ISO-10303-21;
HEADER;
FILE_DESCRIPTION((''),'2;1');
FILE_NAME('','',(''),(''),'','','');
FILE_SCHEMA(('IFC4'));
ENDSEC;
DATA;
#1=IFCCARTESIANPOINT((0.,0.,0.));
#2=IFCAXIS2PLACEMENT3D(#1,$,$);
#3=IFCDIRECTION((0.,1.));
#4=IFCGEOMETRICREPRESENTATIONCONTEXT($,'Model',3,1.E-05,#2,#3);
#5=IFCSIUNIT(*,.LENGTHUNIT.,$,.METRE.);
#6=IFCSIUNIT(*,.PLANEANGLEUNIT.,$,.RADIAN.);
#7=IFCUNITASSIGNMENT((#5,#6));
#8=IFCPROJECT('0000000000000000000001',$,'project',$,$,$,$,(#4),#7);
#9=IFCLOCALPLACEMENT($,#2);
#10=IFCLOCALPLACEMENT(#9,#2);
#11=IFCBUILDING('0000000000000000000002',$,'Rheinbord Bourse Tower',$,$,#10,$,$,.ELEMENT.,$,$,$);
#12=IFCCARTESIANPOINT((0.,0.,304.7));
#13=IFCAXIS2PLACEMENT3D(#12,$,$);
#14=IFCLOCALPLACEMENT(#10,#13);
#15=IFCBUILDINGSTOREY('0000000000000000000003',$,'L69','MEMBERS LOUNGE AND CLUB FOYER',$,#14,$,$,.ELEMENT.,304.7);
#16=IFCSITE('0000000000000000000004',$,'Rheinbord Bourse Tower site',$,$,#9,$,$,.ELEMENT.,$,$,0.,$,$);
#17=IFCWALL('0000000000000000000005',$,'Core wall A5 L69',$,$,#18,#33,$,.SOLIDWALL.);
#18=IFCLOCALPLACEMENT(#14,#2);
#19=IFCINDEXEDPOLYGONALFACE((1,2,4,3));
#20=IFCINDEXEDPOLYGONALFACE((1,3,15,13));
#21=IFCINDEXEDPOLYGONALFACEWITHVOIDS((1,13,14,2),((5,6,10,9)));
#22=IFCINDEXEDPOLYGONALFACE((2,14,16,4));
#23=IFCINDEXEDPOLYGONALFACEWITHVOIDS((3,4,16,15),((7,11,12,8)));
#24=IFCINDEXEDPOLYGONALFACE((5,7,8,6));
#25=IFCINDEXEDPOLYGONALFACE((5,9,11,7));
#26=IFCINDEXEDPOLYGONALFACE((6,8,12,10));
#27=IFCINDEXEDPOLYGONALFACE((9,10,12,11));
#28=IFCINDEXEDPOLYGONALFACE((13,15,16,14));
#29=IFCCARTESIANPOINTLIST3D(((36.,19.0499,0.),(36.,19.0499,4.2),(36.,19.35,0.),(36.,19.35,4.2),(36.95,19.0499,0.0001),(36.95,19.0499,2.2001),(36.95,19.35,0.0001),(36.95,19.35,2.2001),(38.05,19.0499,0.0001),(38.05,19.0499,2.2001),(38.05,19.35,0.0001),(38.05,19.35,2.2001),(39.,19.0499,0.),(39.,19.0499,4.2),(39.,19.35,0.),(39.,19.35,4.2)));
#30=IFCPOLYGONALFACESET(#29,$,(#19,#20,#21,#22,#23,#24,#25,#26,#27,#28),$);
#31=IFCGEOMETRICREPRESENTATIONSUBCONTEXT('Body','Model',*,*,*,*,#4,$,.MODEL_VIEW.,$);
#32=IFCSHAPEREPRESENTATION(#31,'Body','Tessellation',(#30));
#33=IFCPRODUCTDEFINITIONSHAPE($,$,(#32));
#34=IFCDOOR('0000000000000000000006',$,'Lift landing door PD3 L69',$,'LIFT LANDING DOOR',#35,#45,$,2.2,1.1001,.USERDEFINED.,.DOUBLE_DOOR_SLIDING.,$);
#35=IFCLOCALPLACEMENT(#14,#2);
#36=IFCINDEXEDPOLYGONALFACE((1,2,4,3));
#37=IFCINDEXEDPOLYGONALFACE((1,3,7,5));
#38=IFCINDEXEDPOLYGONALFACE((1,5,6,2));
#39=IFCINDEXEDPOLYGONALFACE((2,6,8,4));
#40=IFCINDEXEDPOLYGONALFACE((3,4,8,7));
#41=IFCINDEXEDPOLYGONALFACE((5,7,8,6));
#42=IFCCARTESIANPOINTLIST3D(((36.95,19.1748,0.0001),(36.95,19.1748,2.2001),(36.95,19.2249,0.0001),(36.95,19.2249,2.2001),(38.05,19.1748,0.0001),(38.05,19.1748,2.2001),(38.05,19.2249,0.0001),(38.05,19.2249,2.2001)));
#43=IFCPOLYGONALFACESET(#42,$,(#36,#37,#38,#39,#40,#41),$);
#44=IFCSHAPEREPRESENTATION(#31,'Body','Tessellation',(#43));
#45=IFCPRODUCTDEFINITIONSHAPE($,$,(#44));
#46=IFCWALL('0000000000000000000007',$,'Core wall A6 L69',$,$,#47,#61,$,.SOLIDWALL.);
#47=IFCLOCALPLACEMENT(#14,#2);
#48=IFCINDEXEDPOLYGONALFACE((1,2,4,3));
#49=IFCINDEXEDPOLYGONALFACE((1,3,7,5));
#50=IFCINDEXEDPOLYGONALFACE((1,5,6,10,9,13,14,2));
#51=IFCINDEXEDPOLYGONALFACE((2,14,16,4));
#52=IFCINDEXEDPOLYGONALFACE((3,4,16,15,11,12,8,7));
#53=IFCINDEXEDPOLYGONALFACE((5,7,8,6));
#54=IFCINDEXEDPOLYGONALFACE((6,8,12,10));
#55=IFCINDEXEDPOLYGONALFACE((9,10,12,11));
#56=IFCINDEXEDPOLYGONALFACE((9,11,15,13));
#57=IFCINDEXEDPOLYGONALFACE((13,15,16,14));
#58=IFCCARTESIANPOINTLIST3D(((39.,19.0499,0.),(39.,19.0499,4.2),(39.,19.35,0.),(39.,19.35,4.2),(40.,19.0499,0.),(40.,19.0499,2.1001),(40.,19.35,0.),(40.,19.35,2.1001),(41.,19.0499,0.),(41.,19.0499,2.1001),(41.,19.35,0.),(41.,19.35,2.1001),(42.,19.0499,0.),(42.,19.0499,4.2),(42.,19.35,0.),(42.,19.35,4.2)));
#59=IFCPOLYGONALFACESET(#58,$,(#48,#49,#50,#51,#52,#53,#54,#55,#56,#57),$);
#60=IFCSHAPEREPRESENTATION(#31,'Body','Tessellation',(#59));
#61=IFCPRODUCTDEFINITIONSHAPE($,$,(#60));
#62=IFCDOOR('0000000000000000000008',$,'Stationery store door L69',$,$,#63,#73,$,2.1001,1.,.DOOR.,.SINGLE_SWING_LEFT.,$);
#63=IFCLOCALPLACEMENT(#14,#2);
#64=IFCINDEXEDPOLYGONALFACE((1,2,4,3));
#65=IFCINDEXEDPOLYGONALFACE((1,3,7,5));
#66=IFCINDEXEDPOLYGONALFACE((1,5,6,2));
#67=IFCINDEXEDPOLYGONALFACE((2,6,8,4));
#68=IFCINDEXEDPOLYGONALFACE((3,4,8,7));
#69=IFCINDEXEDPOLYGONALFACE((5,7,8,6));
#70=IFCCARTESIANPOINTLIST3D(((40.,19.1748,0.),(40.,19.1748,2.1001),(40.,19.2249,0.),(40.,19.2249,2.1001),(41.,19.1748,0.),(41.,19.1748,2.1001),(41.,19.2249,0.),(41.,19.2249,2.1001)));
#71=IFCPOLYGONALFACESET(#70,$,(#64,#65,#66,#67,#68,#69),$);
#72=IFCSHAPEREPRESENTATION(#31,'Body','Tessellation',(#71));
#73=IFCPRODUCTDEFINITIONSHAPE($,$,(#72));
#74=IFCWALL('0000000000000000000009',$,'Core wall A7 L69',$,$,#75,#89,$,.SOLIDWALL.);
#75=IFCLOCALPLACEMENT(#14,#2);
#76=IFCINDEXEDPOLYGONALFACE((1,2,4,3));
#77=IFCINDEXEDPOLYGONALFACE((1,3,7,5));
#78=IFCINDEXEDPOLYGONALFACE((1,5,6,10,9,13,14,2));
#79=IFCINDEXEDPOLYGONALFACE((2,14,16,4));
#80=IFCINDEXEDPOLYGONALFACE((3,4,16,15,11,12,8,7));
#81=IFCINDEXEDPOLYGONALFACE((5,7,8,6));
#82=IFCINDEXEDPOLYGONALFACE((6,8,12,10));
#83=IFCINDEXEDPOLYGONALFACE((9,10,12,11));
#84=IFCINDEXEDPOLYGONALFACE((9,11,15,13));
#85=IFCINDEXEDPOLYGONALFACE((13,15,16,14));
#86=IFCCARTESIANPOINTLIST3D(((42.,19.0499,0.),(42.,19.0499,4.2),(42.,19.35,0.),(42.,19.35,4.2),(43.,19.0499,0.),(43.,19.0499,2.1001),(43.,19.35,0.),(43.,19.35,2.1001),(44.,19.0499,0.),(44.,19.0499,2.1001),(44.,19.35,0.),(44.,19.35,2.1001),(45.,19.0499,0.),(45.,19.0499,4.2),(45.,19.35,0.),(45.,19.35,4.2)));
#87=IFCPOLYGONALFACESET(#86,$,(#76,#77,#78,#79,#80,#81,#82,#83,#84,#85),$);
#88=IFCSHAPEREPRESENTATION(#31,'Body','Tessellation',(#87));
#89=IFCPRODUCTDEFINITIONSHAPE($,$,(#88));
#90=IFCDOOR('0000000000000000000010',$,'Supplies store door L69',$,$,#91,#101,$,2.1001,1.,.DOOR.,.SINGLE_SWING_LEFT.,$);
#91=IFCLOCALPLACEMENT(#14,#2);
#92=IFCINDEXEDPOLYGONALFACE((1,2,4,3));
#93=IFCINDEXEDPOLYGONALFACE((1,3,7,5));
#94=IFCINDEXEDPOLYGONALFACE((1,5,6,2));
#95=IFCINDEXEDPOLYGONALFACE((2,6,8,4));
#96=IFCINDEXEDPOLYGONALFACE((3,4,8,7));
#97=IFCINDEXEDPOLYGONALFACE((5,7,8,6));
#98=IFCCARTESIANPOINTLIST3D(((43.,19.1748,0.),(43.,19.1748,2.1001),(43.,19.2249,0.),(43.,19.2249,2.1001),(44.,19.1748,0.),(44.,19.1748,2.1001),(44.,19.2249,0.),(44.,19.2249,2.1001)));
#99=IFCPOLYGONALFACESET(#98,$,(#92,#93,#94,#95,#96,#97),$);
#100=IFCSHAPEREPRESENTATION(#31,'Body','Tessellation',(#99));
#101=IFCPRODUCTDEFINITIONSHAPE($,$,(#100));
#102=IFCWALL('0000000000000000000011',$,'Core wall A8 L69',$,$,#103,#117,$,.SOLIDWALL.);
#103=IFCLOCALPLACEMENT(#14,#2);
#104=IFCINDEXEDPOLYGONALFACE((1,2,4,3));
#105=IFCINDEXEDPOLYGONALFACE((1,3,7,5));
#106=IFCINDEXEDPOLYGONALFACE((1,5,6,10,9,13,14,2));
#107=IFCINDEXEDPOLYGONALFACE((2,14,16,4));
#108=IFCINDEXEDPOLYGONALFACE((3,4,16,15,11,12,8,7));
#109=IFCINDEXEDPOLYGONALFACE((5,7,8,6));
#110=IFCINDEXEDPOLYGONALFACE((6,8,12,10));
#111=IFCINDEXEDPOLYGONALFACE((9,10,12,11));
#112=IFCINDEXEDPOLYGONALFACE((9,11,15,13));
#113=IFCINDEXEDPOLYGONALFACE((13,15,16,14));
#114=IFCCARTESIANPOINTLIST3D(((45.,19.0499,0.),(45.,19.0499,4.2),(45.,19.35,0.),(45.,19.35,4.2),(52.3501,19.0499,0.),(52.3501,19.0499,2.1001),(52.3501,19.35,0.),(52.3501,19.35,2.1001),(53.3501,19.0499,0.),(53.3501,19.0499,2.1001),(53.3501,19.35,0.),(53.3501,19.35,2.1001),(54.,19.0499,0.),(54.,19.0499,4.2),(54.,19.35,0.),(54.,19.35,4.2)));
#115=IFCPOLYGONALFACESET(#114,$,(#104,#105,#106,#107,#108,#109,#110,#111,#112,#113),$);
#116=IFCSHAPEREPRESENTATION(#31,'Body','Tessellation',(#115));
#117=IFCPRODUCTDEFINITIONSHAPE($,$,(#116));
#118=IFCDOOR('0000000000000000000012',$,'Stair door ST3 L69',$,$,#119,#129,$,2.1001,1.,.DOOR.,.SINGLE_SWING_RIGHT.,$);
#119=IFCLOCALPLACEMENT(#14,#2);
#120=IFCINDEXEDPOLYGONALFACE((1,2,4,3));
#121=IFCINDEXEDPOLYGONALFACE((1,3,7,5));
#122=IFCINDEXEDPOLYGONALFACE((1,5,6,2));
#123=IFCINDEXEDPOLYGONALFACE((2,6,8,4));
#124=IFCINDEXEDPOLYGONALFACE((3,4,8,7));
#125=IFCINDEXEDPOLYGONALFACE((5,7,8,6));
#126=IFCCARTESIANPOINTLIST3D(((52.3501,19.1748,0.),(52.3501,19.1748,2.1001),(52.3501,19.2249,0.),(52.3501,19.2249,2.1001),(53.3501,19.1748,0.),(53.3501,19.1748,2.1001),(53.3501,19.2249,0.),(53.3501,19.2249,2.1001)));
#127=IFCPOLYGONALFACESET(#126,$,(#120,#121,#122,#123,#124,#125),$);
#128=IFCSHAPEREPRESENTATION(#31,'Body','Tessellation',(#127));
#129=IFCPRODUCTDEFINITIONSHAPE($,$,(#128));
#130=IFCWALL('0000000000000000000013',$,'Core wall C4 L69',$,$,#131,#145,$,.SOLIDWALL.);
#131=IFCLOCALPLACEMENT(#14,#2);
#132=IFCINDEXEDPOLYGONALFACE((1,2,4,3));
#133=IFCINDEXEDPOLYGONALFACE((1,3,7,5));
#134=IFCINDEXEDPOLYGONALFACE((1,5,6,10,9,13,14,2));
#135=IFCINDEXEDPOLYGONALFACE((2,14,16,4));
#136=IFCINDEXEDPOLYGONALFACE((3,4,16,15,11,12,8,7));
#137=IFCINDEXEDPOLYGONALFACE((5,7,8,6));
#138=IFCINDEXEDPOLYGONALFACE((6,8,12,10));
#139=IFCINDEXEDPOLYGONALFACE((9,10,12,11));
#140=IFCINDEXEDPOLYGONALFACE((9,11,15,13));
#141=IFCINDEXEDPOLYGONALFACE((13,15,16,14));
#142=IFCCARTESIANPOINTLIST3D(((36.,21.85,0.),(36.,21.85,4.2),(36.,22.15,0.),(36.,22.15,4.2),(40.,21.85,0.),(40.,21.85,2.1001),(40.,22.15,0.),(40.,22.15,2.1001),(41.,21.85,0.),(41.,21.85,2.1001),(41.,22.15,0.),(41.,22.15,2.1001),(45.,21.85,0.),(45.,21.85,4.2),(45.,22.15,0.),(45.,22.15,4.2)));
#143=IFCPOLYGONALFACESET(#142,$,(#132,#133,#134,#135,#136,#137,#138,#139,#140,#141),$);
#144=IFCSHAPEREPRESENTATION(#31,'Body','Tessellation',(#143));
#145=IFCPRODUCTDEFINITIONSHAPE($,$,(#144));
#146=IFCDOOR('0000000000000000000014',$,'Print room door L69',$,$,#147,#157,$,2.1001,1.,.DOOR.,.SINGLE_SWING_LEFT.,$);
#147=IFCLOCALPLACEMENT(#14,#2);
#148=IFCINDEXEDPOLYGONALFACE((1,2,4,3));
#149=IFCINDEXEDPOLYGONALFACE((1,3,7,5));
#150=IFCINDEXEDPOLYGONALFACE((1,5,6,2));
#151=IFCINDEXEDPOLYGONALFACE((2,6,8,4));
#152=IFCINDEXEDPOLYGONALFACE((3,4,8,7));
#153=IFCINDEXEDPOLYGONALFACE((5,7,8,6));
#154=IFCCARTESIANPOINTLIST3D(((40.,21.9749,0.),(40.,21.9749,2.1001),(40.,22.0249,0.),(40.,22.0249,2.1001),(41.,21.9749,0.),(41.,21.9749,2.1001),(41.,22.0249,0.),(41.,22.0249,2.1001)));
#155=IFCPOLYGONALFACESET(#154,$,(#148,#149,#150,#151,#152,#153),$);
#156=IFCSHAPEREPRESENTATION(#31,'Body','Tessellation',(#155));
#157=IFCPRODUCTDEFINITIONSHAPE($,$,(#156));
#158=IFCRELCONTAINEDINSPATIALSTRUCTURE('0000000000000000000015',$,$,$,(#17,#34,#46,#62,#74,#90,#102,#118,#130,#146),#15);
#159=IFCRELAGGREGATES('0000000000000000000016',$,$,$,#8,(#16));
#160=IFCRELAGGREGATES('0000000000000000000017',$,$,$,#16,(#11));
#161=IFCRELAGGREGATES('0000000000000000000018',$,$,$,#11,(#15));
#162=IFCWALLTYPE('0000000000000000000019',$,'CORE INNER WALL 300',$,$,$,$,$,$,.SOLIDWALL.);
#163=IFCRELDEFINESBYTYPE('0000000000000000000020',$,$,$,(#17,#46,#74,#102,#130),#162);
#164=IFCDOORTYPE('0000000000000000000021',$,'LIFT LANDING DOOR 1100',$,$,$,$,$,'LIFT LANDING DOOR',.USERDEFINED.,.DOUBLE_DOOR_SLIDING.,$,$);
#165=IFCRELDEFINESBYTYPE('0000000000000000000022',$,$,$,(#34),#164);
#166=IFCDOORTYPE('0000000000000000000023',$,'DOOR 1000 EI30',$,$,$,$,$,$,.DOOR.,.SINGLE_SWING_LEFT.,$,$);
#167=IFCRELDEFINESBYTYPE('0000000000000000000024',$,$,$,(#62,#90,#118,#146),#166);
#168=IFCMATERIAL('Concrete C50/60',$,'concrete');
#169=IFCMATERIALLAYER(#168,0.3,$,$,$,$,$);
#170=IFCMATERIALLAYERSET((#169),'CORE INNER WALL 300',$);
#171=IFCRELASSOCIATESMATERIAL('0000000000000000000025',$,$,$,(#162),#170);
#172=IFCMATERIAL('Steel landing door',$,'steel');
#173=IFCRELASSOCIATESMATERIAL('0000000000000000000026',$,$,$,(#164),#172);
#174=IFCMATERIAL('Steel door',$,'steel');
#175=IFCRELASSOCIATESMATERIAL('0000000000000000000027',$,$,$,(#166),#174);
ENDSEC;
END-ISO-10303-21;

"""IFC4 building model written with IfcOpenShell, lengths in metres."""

from ifc_helpers import new_model, si_unit, direction, frame, frame_2d, origin, place, context, subcontext, project, spatial, rectangle, extrude, material, layer, layer_set, type_object, element, fill, save


model = new_model("IFC4")

# Units and contexts
model_context = context("Model", 3, precision=1e-05, world=origin(), true_north=direction((0.0, 1.0)))
body_context = subcontext(model_context, "Body", "Model", "MODEL_VIEW")
ifc_project = project(units=[si_unit("LENGTHUNIT", "METRE"), si_unit("PLANEANGLEUNIT", "RADIAN")], contexts=[model_context])

# Site, building, storey
site_placement = place(None, origin())
site = spatial("IfcSite", under=ifc_project, at=site_placement, Name="Rheinbord Bourse Tower site", CompositionType="ELEMENT", RefElevation=0.0)
building_placement = place(site_placement, origin())
building = spatial("IfcBuilding", under=site, at=building_placement, Name="Rheinbord Bourse Tower", CompositionType="ELEMENT")
storey_placement = place(building_placement, frame((0.0, 0.0, 304.7)))
storey = spatial("IfcBuildingStorey", under=building, at=storey_placement, Name="L69", Description="MEMBERS LOUNGE AND CLUB FOYER", CompositionType="ELEMENT", Elevation=304.7)

# Walls, openings, doors
ifc_material_1 = material(Name="Concrete C50/60", Category="concrete")
ifc_layer_1 = layer(ifc_material_1, 0.3)
ifc_layer_set_1 = layer_set([ifc_layer_1], Name="CORE INNER WALL 300")
wall_type_1 = type_object("IfcWallType", Name="CORE INNER WALL 300", PredefinedType="SOLIDWALL", material=ifc_layer_set_1)
wall_1_placement = place(storey_placement, frame((36.0, 19.2, 0.0), z_axis=(0.0, 0.0, 1.0), x_axis=(1.0, 0.0, 0.0)))
wall_1 = element("IfcWall", 1, at=wall_1_placement, inside=storey, type_object=wall_type_1, Name="Core wall A5 L69", PredefinedType="SOLIDWALL", context=body_context, shape_type="SweptSolid", body=[
    extrude(rectangle(XDim=3.0, YDim=0.3, at=frame_2d((1.5, 0.0))), origin(), (0.0, 0.0, 1.0), 4.2),
])
opening_1_placement = place(wall_1_placement, frame((0.95, 0.0, 0.0)))
opening_1 = element("IfcOpeningElement", 2, at=opening_1_placement, cuts=wall_1, PredefinedType="OPENING", context=body_context, shape_type="SweptSolid", body=[
    extrude(rectangle(XDim=1.1001, YDim=2.2, at=frame_2d((0.55, 1.1001))), frame((0.0, 0.1599, 0.0), z_axis=(0.0, -1.0, 0.0), x_axis=(1.0, 0.0, 0.0)), (0.0, 0.0, 1.0), 0.3201),
])
ifc_material_2 = material(Name="Steel landing door", Category="steel")
door_type_1 = type_object("IfcDoorType", Name="LIFT LANDING DOOR 1100", ElementType="LIFT LANDING DOOR", OperationType="DOUBLE_DOOR_SLIDING", PredefinedType="USERDEFINED", material=ifc_material_2)
door_1_placement = place(opening_1_placement, origin())
door_1 = element("IfcDoor", 3, at=door_1_placement, inside=storey, type_object=door_type_1, Name="Lift landing door PD3 L69", ObjectType="LIFT LANDING DOOR", OperationType="DOUBLE_DOOR_SLIDING", OverallHeight=2.2, OverallWidth=1.1001, PredefinedType="USERDEFINED", context=body_context, shape_type="SweptSolid", body=[
    extrude(rectangle(XDim=1.1001, YDim=2.2, at=frame_2d((0.55, 1.1001))), frame((0.0, 0.0249, 0.0), z_axis=(0.0, -1.0, 0.0), x_axis=(1.0, 0.0, 0.0)), (0.0, 0.0, 1.0), 0.05),
])
fill(opening_1, door_1)
wall_2_placement = place(storey_placement, frame((39.0, 19.2, 0.0), z_axis=(0.0, 0.0, 1.0), x_axis=(1.0, 0.0, 0.0)))
wall_2 = element("IfcWall", 4, at=wall_2_placement, inside=storey, type_object=wall_type_1, Name="Core wall A6 L69", PredefinedType="SOLIDWALL", context=body_context, shape_type="SweptSolid", body=[
    extrude(rectangle(XDim=3.0, YDim=0.3, at=frame_2d((1.5, 0.0))), origin(), (0.0, 0.0, 1.0), 4.2),
])
opening_2_placement = place(wall_2_placement, frame((1.0, 0.0, 0.0)))
opening_2 = element("IfcOpeningElement", 5, at=opening_2_placement, cuts=wall_2, PredefinedType="OPENING", context=body_context, shape_type="SweptSolid", body=[
    extrude(rectangle(XDim=1.0, YDim=2.1001, at=frame_2d((0.5, 1.05))), frame((0.0, 0.1599, 0.0), z_axis=(0.0, -1.0, 0.0), x_axis=(1.0, 0.0, 0.0)), (0.0, 0.0, 1.0), 0.3201),
])
ifc_material_3 = material(Name="Steel door", Category="steel")
door_type_2 = type_object("IfcDoorType", Name="DOOR 1000 EI30", OperationType="SINGLE_SWING_LEFT", PredefinedType="DOOR", material=ifc_material_3)
door_2_placement = place(opening_2_placement, origin())
door_2 = element("IfcDoor", 6, at=door_2_placement, inside=storey, type_object=door_type_2, Name="Stationery store door L69", OperationType="SINGLE_SWING_LEFT", OverallHeight=2.1001, OverallWidth=1.0, PredefinedType="DOOR", context=body_context, shape_type="SweptSolid", body=[
    extrude(rectangle(XDim=1.0, YDim=2.1001, at=frame_2d((0.5, 1.05))), frame((0.0, 0.0249, 0.0), z_axis=(0.0, -1.0, 0.0), x_axis=(1.0, 0.0, 0.0)), (0.0, 0.0, 1.0), 0.05),
])
fill(opening_2, door_2)
wall_3_placement = place(storey_placement, frame((42.0, 19.2, 0.0), z_axis=(0.0, 0.0, 1.0), x_axis=(1.0, 0.0, 0.0)))
wall_3 = element("IfcWall", 7, at=wall_3_placement, inside=storey, type_object=wall_type_1, Name="Core wall A7 L69", PredefinedType="SOLIDWALL", context=body_context, shape_type="SweptSolid", body=[
    extrude(rectangle(XDim=3.0, YDim=0.3, at=frame_2d((1.5, 0.0))), origin(), (0.0, 0.0, 1.0), 4.2),
])
opening_3_placement = place(wall_3_placement, frame((1.0, 0.0, 0.0)))
opening_3 = element("IfcOpeningElement", 8, at=opening_3_placement, cuts=wall_3, PredefinedType="OPENING", context=body_context, shape_type="SweptSolid", body=[
    extrude(rectangle(XDim=1.0, YDim=2.1001, at=frame_2d((0.5, 1.05))), frame((0.0, 0.1599, 0.0), z_axis=(0.0, -1.0, 0.0), x_axis=(1.0, 0.0, 0.0)), (0.0, 0.0, 1.0), 0.3201),
])
door_3_placement = place(opening_3_placement, origin())
door_3 = element("IfcDoor", 9, at=door_3_placement, inside=storey, type_object=door_type_2, Name="Supplies store door L69", OperationType="SINGLE_SWING_LEFT", OverallHeight=2.1001, OverallWidth=1.0, PredefinedType="DOOR", context=body_context, shape_type="SweptSolid", body=[
    extrude(rectangle(XDim=1.0, YDim=2.1001, at=frame_2d((0.5, 1.05))), frame((0.0, 0.0249, 0.0), z_axis=(0.0, -1.0, 0.0), x_axis=(1.0, 0.0, 0.0)), (0.0, 0.0, 1.0), 0.05),
])
fill(opening_3, door_3)
wall_4_placement = place(storey_placement, frame((45.0, 19.2, 0.0), z_axis=(0.0, 0.0, 1.0), x_axis=(1.0, 0.0, 0.0)))
wall_4 = element("IfcWall", 10, at=wall_4_placement, inside=storey, type_object=wall_type_1, Name="Core wall A8 L69", PredefinedType="SOLIDWALL", context=body_context, shape_type="SweptSolid", body=[
    extrude(rectangle(XDim=9.0, YDim=0.3, at=frame_2d((4.5, 0.0))), origin(), (0.0, 0.0, 1.0), 4.2),
])
opening_4_placement = place(wall_4_placement, frame((7.3501, 0.0, 0.0)))
opening_4 = element("IfcOpeningElement", 11, at=opening_4_placement, cuts=wall_4, PredefinedType="OPENING", context=body_context, shape_type="SweptSolid", body=[
    extrude(rectangle(XDim=1.0, YDim=2.1001, at=frame_2d((0.5, 1.05))), frame((0.0, 0.1599, 0.0), z_axis=(0.0, -1.0, 0.0), x_axis=(1.0, 0.0, 0.0)), (0.0, 0.0, 1.0), 0.3201),
])
door_4_placement = place(opening_4_placement, origin())
door_4 = element("IfcDoor", 12, at=door_4_placement, inside=storey, type_object=door_type_2, Name="Stair door ST3 L69", OperationType="SINGLE_SWING_RIGHT", OverallHeight=2.1001, OverallWidth=1.0, PredefinedType="DOOR", context=body_context, shape_type="SweptSolid", body=[
    extrude(rectangle(XDim=1.0, YDim=2.1001, at=frame_2d((0.5, 1.05))), frame((0.0, 0.0249, 0.0), z_axis=(0.0, -1.0, 0.0), x_axis=(1.0, 0.0, 0.0)), (0.0, 0.0, 1.0), 0.05),
])
fill(opening_4, door_4)
wall_5_placement = place(storey_placement, frame((36.0, 22.0, 0.0), z_axis=(0.0, 0.0, 1.0), x_axis=(1.0, 0.0, 0.0)))
wall_5 = element("IfcWall", 13, at=wall_5_placement, inside=storey, type_object=wall_type_1, Name="Core wall C4 L69", PredefinedType="SOLIDWALL", context=body_context, shape_type="SweptSolid", body=[
    extrude(rectangle(XDim=9.0, YDim=0.3, at=frame_2d((4.5, 0.0))), origin(), (0.0, 0.0, 1.0), 4.2),
])
opening_5_placement = place(wall_5_placement, frame((4.0, 0.0, 0.0)))
opening_5 = element("IfcOpeningElement", 14, at=opening_5_placement, cuts=wall_5, PredefinedType="OPENING", context=body_context, shape_type="SweptSolid", body=[
    extrude(rectangle(XDim=1.0, YDim=2.1001, at=frame_2d((0.5, 1.05))), frame((0.0, 0.1599, 0.0), z_axis=(0.0, -1.0, 0.0), x_axis=(1.0, 0.0, 0.0)), (0.0, 0.0, 1.0), 0.3201),
])
door_5_placement = place(opening_5_placement, origin())
door_5 = element("IfcDoor", 15, at=door_5_placement, inside=storey, type_object=door_type_2, Name="Print room door L69", OperationType="SINGLE_SWING_LEFT", OverallHeight=2.1001, OverallWidth=1.0, PredefinedType="DOOR", context=body_context, shape_type="SweptSolid", body=[
    extrude(rectangle(XDim=1.0, YDim=2.1001, at=frame_2d((0.5, 1.05))), frame((0.0, 0.0249, 0.0), z_axis=(0.0, -1.0, 0.0), x_axis=(1.0, 0.0, 0.0)), (0.0, 0.0, 1.0), 0.05),
])
fill(opening_5, door_5)

save(model, "model.ifc")
